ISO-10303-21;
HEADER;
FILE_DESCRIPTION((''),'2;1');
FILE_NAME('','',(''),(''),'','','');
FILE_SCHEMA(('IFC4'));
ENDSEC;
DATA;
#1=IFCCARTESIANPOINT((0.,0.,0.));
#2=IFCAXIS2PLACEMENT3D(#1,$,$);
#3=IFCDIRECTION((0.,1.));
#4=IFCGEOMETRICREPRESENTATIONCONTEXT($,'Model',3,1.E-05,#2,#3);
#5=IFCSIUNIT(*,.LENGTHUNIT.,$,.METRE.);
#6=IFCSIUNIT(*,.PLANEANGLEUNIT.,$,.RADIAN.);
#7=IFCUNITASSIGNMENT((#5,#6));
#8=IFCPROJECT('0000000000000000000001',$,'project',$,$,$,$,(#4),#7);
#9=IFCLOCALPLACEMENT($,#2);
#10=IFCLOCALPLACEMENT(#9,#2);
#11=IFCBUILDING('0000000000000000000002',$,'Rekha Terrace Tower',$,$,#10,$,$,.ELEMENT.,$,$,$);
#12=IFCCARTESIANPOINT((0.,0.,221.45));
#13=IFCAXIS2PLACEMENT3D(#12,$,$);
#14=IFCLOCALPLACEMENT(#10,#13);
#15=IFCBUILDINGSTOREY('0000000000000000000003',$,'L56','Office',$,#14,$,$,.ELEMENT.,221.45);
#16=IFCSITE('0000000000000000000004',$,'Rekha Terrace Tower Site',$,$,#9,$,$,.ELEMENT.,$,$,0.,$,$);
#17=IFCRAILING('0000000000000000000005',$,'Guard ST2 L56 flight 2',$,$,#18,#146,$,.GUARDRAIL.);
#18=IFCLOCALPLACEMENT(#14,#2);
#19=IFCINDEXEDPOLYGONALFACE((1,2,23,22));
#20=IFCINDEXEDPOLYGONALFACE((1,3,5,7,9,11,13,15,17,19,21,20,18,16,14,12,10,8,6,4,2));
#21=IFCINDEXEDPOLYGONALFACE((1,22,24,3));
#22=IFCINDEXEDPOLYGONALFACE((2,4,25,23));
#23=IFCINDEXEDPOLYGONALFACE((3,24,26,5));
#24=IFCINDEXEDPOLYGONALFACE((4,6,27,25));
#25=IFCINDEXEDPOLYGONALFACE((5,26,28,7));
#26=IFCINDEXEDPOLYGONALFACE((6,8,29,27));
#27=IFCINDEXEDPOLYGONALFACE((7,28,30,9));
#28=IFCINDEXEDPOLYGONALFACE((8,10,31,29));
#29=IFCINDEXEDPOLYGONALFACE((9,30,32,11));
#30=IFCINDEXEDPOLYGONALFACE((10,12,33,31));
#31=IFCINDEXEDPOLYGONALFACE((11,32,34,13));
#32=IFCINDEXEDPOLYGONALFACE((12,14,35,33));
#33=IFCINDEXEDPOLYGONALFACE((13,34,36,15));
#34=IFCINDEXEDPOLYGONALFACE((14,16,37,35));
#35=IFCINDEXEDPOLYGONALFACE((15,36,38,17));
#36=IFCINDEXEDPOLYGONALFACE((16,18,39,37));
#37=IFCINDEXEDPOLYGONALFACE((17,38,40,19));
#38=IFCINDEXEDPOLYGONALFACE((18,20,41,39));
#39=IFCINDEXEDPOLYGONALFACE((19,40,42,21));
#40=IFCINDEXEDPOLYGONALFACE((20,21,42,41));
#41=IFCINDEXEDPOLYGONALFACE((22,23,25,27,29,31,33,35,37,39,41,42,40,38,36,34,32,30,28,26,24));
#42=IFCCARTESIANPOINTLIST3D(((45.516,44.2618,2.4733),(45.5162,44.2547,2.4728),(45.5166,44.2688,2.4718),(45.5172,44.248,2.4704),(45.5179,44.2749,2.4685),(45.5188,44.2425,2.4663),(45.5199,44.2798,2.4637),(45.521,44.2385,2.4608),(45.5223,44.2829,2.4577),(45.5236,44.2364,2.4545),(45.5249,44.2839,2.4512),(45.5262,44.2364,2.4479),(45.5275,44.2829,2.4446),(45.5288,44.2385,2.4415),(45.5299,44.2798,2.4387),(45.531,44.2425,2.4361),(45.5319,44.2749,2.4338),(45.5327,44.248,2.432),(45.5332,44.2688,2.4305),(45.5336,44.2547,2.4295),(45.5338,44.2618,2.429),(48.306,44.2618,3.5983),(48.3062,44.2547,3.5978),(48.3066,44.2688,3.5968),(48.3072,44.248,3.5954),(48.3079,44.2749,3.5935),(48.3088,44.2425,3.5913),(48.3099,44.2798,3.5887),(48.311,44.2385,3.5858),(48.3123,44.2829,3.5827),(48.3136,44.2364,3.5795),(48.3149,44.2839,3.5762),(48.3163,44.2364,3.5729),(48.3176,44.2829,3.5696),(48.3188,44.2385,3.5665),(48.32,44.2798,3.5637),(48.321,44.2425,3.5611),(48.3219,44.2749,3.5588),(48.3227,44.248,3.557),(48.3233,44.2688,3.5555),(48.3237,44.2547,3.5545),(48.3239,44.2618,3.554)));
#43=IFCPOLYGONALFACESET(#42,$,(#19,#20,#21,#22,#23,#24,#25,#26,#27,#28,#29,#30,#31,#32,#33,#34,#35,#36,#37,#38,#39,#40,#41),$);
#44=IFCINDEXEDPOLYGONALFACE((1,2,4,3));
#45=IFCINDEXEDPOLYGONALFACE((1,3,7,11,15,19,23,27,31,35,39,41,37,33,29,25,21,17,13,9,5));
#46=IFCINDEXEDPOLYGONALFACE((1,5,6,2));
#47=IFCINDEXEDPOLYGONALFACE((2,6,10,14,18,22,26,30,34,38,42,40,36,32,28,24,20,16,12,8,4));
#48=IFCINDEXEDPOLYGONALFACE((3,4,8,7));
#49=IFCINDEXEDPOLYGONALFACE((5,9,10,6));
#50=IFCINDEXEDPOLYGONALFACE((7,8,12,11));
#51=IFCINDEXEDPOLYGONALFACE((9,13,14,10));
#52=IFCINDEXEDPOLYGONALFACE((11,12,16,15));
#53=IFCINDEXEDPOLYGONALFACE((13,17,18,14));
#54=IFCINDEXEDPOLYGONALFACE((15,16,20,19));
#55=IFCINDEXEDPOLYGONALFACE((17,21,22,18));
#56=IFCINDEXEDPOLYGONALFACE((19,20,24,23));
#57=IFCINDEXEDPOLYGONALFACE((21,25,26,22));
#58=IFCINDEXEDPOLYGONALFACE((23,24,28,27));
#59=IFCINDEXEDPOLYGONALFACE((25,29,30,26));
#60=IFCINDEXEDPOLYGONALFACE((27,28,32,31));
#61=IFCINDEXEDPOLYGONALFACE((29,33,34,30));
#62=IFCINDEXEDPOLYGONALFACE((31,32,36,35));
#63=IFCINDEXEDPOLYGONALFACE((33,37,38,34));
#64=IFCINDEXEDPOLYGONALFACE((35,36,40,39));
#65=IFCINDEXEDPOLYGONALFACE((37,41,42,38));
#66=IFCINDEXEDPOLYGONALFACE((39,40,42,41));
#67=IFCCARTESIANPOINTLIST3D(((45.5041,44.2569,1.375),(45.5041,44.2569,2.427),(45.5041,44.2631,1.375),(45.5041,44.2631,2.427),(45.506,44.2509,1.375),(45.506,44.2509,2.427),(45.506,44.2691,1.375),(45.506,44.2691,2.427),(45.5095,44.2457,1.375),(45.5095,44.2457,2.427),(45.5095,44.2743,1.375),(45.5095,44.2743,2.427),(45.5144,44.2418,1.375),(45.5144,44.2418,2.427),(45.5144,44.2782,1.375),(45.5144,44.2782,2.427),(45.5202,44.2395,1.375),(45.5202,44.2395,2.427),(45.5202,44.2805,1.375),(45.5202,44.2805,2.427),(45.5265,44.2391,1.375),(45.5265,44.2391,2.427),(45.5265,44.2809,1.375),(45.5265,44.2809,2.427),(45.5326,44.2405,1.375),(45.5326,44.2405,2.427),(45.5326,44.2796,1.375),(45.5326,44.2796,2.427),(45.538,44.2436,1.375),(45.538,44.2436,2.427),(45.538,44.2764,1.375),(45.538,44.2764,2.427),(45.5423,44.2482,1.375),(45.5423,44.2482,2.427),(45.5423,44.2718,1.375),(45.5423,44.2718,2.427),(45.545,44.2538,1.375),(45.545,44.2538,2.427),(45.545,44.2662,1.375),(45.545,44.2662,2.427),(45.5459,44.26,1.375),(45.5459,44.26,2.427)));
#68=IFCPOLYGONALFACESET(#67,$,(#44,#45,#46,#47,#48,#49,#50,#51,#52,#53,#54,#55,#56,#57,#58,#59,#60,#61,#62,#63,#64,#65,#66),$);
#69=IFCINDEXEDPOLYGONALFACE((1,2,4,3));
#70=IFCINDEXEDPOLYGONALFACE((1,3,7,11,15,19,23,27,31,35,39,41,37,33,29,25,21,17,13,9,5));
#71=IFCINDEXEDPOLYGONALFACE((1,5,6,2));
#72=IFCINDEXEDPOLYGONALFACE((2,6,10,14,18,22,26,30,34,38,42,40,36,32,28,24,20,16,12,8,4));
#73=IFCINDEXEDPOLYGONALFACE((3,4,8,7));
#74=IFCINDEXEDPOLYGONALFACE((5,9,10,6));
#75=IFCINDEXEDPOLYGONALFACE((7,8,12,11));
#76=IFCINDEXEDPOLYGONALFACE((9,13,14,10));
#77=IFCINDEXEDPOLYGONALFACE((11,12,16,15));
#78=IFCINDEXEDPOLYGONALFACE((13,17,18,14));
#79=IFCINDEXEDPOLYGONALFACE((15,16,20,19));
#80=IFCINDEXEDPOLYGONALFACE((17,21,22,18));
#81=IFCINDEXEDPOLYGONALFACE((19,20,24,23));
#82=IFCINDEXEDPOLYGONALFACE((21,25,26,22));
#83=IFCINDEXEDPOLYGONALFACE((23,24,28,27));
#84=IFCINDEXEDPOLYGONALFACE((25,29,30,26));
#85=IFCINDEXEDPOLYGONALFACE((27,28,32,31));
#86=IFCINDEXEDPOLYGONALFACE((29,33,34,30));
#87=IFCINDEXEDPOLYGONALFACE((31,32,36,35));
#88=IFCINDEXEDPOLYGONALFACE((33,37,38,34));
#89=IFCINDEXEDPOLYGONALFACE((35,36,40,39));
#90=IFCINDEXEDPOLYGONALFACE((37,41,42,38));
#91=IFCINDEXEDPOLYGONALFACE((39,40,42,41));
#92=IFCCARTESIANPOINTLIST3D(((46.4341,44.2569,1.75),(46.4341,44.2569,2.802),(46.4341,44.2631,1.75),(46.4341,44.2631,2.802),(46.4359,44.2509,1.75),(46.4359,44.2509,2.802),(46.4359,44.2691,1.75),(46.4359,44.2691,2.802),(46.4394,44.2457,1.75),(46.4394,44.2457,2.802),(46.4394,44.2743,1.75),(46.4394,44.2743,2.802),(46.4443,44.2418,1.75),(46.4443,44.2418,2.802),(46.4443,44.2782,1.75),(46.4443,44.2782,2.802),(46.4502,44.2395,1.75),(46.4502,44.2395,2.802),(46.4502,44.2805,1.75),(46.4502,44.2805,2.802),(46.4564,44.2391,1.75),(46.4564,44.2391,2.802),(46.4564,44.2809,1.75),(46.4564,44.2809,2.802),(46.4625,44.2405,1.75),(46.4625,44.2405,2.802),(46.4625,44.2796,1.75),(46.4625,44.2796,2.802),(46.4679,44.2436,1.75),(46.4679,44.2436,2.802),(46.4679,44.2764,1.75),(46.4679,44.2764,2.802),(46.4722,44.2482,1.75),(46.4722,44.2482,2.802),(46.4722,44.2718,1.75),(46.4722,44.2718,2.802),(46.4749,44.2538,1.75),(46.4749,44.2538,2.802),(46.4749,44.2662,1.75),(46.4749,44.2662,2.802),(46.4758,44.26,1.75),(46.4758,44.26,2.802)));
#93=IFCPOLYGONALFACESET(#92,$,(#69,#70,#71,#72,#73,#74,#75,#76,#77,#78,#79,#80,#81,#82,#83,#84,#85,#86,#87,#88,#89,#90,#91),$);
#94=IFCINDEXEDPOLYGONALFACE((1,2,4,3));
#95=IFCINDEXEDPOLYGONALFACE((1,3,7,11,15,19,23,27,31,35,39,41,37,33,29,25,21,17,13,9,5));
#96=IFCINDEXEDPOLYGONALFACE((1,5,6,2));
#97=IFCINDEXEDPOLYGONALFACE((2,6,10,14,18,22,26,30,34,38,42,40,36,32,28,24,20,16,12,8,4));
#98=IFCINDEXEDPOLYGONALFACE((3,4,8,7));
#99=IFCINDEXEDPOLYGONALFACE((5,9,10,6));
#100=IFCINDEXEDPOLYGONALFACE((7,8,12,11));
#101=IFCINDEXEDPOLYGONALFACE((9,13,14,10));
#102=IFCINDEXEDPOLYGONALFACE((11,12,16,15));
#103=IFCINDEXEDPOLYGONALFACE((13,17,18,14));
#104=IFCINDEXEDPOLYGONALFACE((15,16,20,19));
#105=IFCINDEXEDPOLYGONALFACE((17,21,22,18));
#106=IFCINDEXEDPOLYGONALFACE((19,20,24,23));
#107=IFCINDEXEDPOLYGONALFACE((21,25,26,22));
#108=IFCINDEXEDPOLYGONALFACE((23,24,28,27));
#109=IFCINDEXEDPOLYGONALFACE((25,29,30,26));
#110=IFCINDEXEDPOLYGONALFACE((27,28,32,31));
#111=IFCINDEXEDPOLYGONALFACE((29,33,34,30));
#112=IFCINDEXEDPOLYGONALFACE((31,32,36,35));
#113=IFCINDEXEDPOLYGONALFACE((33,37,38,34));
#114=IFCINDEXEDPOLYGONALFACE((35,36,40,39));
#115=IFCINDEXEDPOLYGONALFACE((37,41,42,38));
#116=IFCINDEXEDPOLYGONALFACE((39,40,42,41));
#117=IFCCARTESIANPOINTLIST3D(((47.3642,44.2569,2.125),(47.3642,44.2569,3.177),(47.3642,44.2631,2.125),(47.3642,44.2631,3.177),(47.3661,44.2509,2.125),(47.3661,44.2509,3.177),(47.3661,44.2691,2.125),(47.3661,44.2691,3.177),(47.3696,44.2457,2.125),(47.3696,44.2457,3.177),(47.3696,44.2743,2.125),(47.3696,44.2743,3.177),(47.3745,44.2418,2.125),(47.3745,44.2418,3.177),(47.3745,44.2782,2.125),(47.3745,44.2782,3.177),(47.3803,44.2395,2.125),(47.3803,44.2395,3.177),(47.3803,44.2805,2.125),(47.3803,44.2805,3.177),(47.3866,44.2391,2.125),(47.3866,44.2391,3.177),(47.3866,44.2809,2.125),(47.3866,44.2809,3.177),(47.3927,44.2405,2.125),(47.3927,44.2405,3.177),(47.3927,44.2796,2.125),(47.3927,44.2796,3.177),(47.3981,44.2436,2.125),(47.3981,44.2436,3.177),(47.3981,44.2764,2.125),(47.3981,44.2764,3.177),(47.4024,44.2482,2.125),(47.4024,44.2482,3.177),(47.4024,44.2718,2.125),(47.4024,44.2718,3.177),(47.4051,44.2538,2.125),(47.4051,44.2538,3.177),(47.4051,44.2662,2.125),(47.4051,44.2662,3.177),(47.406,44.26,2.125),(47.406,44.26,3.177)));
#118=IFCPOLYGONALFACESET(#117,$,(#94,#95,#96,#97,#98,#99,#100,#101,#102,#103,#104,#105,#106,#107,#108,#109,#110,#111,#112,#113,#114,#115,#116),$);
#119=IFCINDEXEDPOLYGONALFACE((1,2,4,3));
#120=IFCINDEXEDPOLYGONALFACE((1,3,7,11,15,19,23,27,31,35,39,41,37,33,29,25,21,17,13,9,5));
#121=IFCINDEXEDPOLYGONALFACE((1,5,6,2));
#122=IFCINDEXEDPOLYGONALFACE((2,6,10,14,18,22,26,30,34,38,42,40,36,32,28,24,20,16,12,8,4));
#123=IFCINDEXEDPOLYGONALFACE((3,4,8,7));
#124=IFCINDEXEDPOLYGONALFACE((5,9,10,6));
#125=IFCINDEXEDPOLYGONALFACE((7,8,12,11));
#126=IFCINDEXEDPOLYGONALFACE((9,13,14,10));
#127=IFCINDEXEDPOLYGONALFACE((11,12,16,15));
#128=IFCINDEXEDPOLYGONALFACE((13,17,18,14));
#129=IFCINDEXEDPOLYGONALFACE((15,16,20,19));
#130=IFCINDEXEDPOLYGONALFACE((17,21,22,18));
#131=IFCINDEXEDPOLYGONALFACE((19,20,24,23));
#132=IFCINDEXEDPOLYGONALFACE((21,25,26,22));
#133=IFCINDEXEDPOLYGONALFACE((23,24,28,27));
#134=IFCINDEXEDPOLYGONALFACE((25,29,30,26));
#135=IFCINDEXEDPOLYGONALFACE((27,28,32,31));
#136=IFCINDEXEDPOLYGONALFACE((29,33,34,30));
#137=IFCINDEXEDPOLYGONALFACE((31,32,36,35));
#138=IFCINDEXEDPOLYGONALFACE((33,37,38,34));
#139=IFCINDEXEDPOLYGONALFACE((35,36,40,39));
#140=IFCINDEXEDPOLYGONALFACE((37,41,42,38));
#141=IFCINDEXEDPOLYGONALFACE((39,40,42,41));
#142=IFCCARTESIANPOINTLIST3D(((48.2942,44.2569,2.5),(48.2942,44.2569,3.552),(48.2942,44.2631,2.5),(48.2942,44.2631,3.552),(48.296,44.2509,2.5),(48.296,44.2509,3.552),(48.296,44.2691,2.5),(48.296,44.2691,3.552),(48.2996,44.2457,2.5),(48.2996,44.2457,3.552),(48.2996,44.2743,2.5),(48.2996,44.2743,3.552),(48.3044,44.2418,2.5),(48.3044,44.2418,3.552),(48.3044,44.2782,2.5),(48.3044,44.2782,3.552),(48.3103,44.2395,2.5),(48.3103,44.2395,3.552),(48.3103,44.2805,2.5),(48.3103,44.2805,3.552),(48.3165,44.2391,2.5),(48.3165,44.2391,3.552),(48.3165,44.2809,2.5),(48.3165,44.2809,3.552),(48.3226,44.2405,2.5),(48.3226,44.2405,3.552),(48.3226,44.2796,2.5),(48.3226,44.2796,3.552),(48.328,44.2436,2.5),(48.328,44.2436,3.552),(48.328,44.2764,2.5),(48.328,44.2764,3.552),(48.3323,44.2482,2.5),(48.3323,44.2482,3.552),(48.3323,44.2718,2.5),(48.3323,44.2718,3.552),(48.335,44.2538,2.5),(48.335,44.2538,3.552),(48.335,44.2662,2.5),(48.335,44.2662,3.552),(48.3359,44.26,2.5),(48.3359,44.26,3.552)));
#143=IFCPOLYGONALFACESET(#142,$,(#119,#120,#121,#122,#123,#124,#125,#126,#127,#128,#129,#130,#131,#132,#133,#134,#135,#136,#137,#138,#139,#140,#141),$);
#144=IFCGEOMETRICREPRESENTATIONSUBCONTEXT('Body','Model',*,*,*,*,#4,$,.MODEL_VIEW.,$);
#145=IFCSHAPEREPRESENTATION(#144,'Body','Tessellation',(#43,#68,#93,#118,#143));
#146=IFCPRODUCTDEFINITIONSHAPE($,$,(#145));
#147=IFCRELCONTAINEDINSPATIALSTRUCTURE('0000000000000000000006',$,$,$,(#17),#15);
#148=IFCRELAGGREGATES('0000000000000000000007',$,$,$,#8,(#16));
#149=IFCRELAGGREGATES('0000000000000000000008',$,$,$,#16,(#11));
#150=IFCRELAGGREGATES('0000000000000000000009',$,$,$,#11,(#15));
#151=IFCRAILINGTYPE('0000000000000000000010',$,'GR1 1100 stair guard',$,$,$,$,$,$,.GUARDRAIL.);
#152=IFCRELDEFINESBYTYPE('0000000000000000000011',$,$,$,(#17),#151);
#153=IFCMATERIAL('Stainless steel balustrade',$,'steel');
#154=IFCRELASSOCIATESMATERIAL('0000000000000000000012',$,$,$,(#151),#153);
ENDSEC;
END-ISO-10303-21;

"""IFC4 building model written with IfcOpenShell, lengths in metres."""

from ifc_helpers import new_model, si_unit, direction, frame, origin, origin_2d, place, context, subcontext, project, spatial, circle, extrude, material, type_object, element, save


model = new_model("IFC4")

# Units and contexts
model_context = context("Model", 3, precision=1e-05, world=origin(), true_north=direction((0.0, 1.0)))
body_context = subcontext(model_context, "Body", "Model", "MODEL_VIEW")
ifc_project = project(units=[si_unit("LENGTHUNIT", "METRE"), si_unit("PLANEANGLEUNIT", "RADIAN")], contexts=[model_context])

# Site, building, storey
site_placement = place(None, origin())
site = spatial("IfcSite", under=ifc_project, at=site_placement, Name="Rekha Terrace Tower Site", CompositionType="ELEMENT", RefElevation=0.0)
building_placement = place(site_placement, origin())
building = spatial("IfcBuilding", under=site, at=building_placement, Name="Rekha Terrace Tower", CompositionType="ELEMENT")
storey_placement = place(building_placement, frame((0.0, 0.0, 221.45)))
storey = spatial("IfcBuildingStorey", under=building, at=storey_placement, Name="L56", Description="Office", CompositionType="ELEMENT", Elevation=221.45)

# Railing
ifc_material_1 = material(Name="Stainless steel balustrade", Category="steel")
railing_type_1 = type_object("IfcRailingType", Name="GR1 1100 stair guard", PredefinedType="GUARDRAIL", material=ifc_material_1)
railing_1_placement = place(storey_placement, frame((45.5249, 44.26, 1.375)))
element("IfcRailing", 1, at=railing_1_placement, inside=storey, type_object=railing_type_1, Name="Guard ST2 L56 flight 2", PredefinedType="GUARDRAIL", context=body_context, shape_type="SweptSolid", body=[
    extrude(circle(Radius=0.0239, at=origin_2d()), frame((0.0, 0.0, 1.0762), z_axis=(0.927443, 0.0, 0.373964), x_axis=(0.0, 1.0, 0.0)), (0.0, 0.0, 1.0), 3.0083),
    extrude(circle(Radius=0.021, at=origin_2d()), origin(), (0.0, 0.0, 1.0), 1.052),
    extrude(circle(Radius=0.021, at=origin_2d()), frame((0.9299, 0.0, 0.375)), (0.0, 0.0, 1.0), 1.052),
    extrude(circle(Radius=0.021, at=origin_2d()), frame((1.8601, 0.0, 0.75)), (0.0, 0.0, 1.0), 1.052),
    extrude(circle(Radius=0.021, at=origin_2d()), frame((2.79, 0.0, 1.125)), (0.0, 0.0, 1.0), 1.052),
])

save(model, "model.ifc")
